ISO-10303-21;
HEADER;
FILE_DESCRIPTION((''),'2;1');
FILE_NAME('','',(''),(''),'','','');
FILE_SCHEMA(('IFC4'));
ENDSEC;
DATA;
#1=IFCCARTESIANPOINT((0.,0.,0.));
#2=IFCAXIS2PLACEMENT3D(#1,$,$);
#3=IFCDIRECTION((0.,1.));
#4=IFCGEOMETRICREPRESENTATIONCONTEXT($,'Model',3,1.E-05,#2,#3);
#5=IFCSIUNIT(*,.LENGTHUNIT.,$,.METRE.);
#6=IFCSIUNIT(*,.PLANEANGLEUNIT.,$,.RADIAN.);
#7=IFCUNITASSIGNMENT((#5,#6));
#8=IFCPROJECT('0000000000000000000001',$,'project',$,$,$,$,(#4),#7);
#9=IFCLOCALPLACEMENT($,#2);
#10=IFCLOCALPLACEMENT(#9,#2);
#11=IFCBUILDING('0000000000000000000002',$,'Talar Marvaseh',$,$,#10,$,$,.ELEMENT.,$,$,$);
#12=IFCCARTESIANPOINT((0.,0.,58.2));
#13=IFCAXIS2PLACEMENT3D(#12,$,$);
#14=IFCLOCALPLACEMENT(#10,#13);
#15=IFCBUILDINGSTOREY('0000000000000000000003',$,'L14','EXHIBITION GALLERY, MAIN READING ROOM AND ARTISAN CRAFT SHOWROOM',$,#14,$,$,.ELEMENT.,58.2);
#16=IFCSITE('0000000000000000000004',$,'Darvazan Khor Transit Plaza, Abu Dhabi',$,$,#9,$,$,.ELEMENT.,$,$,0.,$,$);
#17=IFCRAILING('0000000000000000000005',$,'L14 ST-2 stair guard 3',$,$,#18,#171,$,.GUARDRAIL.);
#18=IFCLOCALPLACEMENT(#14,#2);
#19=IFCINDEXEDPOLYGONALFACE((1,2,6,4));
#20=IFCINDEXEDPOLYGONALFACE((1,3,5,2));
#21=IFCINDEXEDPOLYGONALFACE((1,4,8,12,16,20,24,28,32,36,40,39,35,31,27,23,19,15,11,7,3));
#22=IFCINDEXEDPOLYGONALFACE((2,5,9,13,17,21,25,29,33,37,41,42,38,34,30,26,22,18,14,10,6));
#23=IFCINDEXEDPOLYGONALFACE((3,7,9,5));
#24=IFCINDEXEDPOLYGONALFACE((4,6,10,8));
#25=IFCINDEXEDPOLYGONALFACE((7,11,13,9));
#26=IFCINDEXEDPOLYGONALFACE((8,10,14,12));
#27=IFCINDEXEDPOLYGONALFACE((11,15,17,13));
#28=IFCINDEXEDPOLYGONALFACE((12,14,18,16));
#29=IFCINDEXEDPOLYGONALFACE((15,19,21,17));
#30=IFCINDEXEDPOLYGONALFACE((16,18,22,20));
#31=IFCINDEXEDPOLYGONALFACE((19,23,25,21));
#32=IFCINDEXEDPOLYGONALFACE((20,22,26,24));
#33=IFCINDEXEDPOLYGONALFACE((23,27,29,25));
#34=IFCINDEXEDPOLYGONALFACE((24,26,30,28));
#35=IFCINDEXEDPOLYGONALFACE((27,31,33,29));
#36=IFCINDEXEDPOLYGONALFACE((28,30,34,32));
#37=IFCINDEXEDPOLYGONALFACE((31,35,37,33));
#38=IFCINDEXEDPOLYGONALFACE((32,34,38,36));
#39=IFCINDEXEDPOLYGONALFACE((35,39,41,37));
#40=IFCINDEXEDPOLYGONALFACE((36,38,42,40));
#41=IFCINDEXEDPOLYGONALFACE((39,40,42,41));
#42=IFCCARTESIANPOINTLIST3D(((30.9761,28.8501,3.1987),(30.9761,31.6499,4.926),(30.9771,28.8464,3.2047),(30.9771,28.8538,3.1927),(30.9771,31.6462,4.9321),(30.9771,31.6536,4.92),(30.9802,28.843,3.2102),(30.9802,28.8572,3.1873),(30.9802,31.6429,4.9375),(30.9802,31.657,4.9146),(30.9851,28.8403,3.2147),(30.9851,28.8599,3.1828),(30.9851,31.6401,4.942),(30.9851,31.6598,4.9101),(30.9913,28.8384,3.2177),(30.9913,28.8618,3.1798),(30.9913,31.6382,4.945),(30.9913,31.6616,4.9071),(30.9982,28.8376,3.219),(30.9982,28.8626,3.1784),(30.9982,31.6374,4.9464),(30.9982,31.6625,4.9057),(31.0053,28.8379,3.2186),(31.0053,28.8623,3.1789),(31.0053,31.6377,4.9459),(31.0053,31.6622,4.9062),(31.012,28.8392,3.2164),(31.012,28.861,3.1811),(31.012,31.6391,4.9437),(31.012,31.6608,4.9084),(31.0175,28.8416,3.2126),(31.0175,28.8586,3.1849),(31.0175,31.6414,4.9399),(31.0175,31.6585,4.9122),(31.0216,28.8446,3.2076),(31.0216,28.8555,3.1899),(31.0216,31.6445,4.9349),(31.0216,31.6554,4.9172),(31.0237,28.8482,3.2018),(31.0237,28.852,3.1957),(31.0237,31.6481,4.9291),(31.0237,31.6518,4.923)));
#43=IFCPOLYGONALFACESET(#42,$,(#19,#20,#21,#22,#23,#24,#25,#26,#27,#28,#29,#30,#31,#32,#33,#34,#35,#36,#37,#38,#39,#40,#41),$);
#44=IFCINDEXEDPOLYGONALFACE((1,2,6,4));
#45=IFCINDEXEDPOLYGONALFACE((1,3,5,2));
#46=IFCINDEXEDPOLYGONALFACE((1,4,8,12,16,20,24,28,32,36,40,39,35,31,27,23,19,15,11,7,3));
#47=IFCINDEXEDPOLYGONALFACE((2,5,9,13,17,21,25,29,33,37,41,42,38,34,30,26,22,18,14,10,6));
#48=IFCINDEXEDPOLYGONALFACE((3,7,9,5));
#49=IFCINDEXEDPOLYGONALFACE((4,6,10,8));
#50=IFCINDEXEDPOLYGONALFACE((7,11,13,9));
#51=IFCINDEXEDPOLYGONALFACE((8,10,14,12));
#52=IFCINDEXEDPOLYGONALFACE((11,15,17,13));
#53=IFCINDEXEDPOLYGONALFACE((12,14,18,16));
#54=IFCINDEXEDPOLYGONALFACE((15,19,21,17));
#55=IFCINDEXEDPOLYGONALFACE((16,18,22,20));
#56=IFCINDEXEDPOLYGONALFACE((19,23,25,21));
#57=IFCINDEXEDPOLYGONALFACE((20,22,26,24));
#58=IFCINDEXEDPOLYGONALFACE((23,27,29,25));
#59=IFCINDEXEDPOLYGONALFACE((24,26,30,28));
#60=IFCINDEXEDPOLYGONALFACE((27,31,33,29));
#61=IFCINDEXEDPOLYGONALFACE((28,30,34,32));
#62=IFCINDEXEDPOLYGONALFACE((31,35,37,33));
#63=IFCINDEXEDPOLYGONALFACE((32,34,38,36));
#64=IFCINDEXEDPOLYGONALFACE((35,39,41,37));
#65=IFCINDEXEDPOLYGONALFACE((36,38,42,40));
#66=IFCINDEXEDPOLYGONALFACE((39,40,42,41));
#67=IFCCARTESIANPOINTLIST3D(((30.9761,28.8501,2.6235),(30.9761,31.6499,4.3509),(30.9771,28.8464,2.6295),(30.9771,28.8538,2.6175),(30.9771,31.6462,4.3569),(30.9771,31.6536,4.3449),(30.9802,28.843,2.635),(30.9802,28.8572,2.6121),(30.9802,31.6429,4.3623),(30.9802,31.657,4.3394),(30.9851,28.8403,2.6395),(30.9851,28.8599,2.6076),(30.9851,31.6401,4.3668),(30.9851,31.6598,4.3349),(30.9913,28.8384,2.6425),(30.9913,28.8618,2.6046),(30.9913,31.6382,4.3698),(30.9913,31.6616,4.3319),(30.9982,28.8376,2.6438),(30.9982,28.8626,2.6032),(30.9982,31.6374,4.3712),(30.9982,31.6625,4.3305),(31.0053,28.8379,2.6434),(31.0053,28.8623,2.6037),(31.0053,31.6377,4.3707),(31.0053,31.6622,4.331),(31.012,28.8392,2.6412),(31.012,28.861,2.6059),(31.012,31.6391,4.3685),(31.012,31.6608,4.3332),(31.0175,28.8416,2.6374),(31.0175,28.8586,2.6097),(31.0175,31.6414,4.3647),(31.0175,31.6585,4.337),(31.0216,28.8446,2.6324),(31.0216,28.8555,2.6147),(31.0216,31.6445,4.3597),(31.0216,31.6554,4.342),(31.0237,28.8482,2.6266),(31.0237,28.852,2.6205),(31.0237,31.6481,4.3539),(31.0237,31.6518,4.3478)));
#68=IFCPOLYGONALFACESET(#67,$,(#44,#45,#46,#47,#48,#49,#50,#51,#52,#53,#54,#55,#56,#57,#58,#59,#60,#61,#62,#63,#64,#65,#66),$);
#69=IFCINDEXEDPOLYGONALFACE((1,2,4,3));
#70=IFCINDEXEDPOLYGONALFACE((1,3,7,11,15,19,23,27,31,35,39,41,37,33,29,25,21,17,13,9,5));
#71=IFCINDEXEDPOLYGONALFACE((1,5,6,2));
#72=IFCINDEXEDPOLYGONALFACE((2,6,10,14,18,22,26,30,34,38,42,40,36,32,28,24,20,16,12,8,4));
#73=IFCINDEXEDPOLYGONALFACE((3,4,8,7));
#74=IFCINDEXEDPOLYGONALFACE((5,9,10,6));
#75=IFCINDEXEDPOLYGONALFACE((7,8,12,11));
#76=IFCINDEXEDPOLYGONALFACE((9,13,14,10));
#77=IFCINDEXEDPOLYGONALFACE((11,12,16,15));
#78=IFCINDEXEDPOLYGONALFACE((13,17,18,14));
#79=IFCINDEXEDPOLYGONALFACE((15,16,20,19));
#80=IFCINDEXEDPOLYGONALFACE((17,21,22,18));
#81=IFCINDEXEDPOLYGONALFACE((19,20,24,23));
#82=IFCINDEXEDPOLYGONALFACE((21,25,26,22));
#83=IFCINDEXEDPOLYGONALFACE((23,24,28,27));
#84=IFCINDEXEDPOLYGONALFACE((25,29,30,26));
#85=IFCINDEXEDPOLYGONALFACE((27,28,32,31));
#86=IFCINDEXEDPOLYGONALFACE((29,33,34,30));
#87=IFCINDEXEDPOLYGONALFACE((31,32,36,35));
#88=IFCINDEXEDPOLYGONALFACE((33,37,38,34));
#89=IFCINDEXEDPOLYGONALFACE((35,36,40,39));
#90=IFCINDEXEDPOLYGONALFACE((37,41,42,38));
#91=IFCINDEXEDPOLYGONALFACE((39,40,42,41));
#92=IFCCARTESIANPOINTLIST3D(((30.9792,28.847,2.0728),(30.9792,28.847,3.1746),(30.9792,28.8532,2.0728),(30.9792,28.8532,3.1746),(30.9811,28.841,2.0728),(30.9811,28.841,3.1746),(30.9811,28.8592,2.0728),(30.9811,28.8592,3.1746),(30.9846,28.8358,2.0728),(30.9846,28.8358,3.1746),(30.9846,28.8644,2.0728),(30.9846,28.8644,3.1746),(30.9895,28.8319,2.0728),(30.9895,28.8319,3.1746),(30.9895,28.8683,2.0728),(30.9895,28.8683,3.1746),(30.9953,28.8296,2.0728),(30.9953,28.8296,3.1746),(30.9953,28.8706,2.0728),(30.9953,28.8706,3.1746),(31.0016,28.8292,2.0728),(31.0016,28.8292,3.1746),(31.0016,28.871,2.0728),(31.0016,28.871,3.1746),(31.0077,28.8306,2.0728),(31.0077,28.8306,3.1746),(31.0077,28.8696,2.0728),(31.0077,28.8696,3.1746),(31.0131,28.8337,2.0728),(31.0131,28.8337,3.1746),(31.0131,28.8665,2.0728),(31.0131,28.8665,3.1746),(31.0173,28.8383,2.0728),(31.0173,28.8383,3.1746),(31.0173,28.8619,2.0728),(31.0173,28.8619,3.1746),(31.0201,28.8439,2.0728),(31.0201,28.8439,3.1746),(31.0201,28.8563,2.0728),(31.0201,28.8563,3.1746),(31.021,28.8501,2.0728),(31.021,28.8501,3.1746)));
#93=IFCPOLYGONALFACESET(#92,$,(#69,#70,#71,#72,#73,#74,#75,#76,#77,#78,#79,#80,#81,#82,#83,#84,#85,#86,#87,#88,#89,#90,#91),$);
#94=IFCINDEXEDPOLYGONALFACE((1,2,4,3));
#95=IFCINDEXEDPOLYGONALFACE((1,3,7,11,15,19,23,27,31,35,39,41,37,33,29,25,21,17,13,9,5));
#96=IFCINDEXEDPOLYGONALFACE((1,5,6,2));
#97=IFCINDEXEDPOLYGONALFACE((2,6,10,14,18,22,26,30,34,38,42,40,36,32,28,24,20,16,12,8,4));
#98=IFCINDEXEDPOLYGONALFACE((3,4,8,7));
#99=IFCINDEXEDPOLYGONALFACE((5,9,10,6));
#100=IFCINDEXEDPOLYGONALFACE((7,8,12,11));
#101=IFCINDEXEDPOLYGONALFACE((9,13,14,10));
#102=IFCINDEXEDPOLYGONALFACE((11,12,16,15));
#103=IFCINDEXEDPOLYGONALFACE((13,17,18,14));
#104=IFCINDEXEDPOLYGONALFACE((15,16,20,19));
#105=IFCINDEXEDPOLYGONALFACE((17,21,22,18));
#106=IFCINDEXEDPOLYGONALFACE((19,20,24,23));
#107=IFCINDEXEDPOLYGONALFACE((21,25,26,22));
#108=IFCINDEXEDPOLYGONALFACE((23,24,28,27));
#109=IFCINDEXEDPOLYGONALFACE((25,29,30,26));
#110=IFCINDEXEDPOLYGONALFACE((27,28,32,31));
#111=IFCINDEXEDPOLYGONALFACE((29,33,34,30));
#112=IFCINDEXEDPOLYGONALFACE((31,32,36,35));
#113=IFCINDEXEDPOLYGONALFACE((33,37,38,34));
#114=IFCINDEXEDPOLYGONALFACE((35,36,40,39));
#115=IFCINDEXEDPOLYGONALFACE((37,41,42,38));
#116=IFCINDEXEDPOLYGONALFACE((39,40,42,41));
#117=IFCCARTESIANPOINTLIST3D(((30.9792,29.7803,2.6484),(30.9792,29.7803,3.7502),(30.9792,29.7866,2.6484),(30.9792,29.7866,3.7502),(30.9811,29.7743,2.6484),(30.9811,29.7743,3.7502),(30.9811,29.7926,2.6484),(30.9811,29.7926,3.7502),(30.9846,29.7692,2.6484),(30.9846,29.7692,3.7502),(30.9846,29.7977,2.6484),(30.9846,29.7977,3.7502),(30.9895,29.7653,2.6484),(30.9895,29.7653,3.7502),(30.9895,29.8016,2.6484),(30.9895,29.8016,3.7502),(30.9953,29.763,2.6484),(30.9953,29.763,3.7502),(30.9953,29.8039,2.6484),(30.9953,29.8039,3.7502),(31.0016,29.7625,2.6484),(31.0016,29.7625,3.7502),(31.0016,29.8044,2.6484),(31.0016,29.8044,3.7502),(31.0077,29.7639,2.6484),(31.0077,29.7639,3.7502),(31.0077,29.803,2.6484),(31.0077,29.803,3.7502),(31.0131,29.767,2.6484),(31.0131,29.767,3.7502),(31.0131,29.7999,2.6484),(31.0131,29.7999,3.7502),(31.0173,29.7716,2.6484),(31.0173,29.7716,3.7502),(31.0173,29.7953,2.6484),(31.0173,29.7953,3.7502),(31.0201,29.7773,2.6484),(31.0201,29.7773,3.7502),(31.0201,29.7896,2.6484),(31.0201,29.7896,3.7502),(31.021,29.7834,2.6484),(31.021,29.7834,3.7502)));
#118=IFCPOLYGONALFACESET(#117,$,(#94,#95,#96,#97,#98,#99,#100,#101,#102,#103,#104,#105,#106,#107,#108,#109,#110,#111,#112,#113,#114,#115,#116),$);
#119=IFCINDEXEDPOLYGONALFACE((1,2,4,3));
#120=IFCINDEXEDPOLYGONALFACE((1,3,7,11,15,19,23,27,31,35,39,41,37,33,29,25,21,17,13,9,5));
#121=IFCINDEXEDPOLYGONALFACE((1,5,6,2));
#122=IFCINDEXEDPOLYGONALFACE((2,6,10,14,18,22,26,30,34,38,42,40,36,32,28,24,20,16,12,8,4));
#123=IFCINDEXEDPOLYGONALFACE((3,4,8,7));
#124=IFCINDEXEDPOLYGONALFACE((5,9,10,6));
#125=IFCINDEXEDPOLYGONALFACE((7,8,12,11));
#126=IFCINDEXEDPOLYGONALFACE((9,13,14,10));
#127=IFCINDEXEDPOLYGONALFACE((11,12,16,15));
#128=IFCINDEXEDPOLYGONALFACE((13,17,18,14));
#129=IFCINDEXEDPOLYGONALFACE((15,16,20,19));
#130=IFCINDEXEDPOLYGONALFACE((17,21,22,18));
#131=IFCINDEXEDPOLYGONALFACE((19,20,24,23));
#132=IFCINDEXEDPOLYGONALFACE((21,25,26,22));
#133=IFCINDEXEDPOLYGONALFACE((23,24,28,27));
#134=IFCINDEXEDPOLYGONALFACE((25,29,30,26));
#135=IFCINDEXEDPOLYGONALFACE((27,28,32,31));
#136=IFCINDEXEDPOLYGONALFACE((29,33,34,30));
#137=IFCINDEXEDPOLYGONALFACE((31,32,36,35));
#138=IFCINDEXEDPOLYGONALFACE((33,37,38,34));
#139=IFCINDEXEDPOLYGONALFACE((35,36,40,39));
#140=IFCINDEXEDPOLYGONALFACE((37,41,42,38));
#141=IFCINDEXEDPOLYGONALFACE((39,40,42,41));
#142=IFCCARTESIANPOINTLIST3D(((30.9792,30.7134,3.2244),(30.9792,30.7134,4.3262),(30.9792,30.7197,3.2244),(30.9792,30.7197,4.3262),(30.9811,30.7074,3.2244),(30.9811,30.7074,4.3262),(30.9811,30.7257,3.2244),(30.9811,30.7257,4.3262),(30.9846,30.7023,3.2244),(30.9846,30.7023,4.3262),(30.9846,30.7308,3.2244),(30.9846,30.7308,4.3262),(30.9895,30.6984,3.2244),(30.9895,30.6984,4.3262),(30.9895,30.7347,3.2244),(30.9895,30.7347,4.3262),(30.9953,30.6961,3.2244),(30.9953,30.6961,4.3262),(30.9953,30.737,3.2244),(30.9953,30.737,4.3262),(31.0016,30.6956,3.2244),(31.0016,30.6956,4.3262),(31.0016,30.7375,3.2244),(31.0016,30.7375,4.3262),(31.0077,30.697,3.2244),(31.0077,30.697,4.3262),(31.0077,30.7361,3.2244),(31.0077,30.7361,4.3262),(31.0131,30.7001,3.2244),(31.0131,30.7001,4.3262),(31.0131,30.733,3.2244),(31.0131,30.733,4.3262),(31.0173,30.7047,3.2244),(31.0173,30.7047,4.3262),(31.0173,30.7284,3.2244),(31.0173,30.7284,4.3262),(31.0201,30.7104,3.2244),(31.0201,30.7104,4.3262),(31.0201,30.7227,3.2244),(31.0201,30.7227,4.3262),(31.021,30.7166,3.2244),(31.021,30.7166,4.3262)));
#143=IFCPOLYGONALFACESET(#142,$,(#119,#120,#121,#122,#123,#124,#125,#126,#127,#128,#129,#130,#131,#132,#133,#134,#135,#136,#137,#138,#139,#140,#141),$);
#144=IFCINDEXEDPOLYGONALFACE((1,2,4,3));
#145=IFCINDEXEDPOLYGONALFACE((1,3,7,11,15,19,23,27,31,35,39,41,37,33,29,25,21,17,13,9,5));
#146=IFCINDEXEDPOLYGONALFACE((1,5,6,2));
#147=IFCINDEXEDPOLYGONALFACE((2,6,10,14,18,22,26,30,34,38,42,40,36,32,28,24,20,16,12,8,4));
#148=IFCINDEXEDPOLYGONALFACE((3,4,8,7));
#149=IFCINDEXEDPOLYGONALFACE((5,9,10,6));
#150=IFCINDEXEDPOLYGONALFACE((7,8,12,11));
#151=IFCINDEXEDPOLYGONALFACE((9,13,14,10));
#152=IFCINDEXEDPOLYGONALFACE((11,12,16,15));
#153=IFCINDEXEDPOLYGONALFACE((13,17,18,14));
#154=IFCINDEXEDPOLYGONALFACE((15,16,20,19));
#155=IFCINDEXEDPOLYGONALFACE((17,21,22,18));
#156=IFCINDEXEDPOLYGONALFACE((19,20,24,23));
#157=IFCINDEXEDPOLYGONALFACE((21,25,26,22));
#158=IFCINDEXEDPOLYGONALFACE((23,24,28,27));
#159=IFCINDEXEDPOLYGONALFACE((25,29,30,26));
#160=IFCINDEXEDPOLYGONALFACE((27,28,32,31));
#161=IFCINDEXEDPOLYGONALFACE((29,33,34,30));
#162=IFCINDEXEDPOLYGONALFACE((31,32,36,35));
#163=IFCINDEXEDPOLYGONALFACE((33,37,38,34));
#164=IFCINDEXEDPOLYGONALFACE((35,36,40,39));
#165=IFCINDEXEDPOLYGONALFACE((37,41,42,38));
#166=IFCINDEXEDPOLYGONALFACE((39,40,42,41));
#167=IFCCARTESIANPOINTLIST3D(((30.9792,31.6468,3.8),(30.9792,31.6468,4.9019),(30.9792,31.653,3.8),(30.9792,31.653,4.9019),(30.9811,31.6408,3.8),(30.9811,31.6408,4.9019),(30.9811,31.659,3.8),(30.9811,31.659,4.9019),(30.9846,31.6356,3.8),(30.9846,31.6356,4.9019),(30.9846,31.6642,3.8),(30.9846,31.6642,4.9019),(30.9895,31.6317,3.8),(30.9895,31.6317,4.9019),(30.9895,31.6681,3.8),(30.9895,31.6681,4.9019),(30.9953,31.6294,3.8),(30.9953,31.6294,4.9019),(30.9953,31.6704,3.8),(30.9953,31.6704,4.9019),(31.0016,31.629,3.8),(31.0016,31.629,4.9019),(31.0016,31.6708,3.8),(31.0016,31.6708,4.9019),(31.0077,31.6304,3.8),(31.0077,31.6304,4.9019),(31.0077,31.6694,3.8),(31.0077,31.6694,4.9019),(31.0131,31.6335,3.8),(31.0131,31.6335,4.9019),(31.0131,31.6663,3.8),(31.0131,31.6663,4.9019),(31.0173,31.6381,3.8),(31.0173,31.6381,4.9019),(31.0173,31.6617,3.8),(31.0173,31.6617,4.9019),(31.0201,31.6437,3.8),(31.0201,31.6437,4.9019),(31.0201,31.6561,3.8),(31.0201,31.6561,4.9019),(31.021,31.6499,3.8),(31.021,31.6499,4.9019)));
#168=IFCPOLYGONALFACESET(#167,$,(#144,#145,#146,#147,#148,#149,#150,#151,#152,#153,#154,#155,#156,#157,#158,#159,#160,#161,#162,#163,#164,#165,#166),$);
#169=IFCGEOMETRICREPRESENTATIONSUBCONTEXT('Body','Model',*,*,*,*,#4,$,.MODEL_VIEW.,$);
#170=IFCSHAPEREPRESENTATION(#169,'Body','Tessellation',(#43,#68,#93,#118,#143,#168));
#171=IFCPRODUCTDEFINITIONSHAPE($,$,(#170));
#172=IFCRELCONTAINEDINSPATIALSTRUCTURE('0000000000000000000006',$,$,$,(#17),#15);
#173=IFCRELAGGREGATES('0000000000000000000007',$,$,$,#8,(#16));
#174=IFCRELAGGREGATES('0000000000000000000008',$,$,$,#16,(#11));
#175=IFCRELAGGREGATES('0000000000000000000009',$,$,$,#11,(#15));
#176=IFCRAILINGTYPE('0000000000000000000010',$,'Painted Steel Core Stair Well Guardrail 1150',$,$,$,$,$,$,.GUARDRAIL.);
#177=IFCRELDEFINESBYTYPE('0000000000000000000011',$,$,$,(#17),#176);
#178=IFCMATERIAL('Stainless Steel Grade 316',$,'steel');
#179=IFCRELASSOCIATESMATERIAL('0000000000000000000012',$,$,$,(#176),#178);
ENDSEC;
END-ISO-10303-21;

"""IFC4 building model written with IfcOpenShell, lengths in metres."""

from ifc_helpers import new_model, si_unit, direction, frame, origin, origin_2d, place, context, subcontext, project, spatial, circle, extrude, material, type_object, element, save


model = new_model("IFC4")

# Units and contexts
model_context = context("Model", 3, precision=1e-05, world=origin(), true_north=direction((0.0, 1.0)))
body_context = subcontext(model_context, "Body", "Model", "MODEL_VIEW")
ifc_project = project(units=[si_unit("LENGTHUNIT", "METRE"), si_unit("PLANEANGLEUNIT", "RADIAN")], contexts=[model_context])

# Site, building, storey
site_placement = place(None, origin())
site = spatial("IfcSite", under=ifc_project, at=site_placement, Name="Darvazan Khor Transit Plaza, Abu Dhabi", CompositionType="ELEMENT", RefElevation=0.0)
building_placement = place(site_placement, origin())
building = spatial("IfcBuilding", under=site, at=building_placement, Name="Talar Marvaseh", CompositionType="ELEMENT")
storey_placement = place(building_placement, frame((0.0, 0.0, 58.2)))
storey = spatial("IfcBuildingStorey", under=building, at=storey_placement, Name="L14", Description="EXHIBITION GALLERY, MAIN READING ROOM AND ARTISAN CRAFT SHOWROOM", CompositionType="ELEMENT", Elevation=58.2)

# Railing
ifc_material_1 = material(Name="Stainless Steel Grade 316", Category="steel")
railing_type_1 = type_object("IfcRailingType", Name="Painted Steel Core Stair Well Guardrail 1150", PredefinedType="GUARDRAIL", material=ifc_material_1)
railing_1_placement = place(storey_placement, frame((31.0, 28.8501, 2.0728)))
element("IfcRailing", 1, at=railing_1_placement, inside=storey, type_object=railing_type_1, Name="L14 ST-2 stair guard 3", PredefinedType="GUARDRAIL", context=body_context, shape_type="SweptSolid", body=[
    extrude(circle(Radius=0.0239, at=origin_2d()), frame((0.0, 0.0, 1.126), z_axis=(0.0, 0.851069, 0.525054), x_axis=(-1.0, 0.0, 0.0)), (0.0, 0.0, 1.0), 3.2898),
    extrude(circle(Radius=0.0239, at=origin_2d()), frame((0.0, 0.0, 0.5508), z_axis=(0.0, 0.851069, 0.525054), x_axis=(-1.0, 0.0, 0.0)), (0.0, 0.0, 1.0), 3.2898),
    extrude(circle(Radius=0.021, at=origin_2d()), origin(), (0.0, 0.0, 1.0), 1.1018),
    extrude(circle(Radius=0.021, at=origin_2d()), frame((0.0, 0.9333, 0.5757)), (0.0, 0.0, 1.0), 1.1018),
    extrude(circle(Radius=0.021, at=origin_2d()), frame((0.0, 1.8665, 1.1516)), (0.0, 0.0, 1.0), 1.1018),
    extrude(circle(Radius=0.021, at=origin_2d()), frame((0.0, 2.7998, 1.7273)), (0.0, 0.0, 1.0), 1.1018),
])

save(model, "model.ifc")
